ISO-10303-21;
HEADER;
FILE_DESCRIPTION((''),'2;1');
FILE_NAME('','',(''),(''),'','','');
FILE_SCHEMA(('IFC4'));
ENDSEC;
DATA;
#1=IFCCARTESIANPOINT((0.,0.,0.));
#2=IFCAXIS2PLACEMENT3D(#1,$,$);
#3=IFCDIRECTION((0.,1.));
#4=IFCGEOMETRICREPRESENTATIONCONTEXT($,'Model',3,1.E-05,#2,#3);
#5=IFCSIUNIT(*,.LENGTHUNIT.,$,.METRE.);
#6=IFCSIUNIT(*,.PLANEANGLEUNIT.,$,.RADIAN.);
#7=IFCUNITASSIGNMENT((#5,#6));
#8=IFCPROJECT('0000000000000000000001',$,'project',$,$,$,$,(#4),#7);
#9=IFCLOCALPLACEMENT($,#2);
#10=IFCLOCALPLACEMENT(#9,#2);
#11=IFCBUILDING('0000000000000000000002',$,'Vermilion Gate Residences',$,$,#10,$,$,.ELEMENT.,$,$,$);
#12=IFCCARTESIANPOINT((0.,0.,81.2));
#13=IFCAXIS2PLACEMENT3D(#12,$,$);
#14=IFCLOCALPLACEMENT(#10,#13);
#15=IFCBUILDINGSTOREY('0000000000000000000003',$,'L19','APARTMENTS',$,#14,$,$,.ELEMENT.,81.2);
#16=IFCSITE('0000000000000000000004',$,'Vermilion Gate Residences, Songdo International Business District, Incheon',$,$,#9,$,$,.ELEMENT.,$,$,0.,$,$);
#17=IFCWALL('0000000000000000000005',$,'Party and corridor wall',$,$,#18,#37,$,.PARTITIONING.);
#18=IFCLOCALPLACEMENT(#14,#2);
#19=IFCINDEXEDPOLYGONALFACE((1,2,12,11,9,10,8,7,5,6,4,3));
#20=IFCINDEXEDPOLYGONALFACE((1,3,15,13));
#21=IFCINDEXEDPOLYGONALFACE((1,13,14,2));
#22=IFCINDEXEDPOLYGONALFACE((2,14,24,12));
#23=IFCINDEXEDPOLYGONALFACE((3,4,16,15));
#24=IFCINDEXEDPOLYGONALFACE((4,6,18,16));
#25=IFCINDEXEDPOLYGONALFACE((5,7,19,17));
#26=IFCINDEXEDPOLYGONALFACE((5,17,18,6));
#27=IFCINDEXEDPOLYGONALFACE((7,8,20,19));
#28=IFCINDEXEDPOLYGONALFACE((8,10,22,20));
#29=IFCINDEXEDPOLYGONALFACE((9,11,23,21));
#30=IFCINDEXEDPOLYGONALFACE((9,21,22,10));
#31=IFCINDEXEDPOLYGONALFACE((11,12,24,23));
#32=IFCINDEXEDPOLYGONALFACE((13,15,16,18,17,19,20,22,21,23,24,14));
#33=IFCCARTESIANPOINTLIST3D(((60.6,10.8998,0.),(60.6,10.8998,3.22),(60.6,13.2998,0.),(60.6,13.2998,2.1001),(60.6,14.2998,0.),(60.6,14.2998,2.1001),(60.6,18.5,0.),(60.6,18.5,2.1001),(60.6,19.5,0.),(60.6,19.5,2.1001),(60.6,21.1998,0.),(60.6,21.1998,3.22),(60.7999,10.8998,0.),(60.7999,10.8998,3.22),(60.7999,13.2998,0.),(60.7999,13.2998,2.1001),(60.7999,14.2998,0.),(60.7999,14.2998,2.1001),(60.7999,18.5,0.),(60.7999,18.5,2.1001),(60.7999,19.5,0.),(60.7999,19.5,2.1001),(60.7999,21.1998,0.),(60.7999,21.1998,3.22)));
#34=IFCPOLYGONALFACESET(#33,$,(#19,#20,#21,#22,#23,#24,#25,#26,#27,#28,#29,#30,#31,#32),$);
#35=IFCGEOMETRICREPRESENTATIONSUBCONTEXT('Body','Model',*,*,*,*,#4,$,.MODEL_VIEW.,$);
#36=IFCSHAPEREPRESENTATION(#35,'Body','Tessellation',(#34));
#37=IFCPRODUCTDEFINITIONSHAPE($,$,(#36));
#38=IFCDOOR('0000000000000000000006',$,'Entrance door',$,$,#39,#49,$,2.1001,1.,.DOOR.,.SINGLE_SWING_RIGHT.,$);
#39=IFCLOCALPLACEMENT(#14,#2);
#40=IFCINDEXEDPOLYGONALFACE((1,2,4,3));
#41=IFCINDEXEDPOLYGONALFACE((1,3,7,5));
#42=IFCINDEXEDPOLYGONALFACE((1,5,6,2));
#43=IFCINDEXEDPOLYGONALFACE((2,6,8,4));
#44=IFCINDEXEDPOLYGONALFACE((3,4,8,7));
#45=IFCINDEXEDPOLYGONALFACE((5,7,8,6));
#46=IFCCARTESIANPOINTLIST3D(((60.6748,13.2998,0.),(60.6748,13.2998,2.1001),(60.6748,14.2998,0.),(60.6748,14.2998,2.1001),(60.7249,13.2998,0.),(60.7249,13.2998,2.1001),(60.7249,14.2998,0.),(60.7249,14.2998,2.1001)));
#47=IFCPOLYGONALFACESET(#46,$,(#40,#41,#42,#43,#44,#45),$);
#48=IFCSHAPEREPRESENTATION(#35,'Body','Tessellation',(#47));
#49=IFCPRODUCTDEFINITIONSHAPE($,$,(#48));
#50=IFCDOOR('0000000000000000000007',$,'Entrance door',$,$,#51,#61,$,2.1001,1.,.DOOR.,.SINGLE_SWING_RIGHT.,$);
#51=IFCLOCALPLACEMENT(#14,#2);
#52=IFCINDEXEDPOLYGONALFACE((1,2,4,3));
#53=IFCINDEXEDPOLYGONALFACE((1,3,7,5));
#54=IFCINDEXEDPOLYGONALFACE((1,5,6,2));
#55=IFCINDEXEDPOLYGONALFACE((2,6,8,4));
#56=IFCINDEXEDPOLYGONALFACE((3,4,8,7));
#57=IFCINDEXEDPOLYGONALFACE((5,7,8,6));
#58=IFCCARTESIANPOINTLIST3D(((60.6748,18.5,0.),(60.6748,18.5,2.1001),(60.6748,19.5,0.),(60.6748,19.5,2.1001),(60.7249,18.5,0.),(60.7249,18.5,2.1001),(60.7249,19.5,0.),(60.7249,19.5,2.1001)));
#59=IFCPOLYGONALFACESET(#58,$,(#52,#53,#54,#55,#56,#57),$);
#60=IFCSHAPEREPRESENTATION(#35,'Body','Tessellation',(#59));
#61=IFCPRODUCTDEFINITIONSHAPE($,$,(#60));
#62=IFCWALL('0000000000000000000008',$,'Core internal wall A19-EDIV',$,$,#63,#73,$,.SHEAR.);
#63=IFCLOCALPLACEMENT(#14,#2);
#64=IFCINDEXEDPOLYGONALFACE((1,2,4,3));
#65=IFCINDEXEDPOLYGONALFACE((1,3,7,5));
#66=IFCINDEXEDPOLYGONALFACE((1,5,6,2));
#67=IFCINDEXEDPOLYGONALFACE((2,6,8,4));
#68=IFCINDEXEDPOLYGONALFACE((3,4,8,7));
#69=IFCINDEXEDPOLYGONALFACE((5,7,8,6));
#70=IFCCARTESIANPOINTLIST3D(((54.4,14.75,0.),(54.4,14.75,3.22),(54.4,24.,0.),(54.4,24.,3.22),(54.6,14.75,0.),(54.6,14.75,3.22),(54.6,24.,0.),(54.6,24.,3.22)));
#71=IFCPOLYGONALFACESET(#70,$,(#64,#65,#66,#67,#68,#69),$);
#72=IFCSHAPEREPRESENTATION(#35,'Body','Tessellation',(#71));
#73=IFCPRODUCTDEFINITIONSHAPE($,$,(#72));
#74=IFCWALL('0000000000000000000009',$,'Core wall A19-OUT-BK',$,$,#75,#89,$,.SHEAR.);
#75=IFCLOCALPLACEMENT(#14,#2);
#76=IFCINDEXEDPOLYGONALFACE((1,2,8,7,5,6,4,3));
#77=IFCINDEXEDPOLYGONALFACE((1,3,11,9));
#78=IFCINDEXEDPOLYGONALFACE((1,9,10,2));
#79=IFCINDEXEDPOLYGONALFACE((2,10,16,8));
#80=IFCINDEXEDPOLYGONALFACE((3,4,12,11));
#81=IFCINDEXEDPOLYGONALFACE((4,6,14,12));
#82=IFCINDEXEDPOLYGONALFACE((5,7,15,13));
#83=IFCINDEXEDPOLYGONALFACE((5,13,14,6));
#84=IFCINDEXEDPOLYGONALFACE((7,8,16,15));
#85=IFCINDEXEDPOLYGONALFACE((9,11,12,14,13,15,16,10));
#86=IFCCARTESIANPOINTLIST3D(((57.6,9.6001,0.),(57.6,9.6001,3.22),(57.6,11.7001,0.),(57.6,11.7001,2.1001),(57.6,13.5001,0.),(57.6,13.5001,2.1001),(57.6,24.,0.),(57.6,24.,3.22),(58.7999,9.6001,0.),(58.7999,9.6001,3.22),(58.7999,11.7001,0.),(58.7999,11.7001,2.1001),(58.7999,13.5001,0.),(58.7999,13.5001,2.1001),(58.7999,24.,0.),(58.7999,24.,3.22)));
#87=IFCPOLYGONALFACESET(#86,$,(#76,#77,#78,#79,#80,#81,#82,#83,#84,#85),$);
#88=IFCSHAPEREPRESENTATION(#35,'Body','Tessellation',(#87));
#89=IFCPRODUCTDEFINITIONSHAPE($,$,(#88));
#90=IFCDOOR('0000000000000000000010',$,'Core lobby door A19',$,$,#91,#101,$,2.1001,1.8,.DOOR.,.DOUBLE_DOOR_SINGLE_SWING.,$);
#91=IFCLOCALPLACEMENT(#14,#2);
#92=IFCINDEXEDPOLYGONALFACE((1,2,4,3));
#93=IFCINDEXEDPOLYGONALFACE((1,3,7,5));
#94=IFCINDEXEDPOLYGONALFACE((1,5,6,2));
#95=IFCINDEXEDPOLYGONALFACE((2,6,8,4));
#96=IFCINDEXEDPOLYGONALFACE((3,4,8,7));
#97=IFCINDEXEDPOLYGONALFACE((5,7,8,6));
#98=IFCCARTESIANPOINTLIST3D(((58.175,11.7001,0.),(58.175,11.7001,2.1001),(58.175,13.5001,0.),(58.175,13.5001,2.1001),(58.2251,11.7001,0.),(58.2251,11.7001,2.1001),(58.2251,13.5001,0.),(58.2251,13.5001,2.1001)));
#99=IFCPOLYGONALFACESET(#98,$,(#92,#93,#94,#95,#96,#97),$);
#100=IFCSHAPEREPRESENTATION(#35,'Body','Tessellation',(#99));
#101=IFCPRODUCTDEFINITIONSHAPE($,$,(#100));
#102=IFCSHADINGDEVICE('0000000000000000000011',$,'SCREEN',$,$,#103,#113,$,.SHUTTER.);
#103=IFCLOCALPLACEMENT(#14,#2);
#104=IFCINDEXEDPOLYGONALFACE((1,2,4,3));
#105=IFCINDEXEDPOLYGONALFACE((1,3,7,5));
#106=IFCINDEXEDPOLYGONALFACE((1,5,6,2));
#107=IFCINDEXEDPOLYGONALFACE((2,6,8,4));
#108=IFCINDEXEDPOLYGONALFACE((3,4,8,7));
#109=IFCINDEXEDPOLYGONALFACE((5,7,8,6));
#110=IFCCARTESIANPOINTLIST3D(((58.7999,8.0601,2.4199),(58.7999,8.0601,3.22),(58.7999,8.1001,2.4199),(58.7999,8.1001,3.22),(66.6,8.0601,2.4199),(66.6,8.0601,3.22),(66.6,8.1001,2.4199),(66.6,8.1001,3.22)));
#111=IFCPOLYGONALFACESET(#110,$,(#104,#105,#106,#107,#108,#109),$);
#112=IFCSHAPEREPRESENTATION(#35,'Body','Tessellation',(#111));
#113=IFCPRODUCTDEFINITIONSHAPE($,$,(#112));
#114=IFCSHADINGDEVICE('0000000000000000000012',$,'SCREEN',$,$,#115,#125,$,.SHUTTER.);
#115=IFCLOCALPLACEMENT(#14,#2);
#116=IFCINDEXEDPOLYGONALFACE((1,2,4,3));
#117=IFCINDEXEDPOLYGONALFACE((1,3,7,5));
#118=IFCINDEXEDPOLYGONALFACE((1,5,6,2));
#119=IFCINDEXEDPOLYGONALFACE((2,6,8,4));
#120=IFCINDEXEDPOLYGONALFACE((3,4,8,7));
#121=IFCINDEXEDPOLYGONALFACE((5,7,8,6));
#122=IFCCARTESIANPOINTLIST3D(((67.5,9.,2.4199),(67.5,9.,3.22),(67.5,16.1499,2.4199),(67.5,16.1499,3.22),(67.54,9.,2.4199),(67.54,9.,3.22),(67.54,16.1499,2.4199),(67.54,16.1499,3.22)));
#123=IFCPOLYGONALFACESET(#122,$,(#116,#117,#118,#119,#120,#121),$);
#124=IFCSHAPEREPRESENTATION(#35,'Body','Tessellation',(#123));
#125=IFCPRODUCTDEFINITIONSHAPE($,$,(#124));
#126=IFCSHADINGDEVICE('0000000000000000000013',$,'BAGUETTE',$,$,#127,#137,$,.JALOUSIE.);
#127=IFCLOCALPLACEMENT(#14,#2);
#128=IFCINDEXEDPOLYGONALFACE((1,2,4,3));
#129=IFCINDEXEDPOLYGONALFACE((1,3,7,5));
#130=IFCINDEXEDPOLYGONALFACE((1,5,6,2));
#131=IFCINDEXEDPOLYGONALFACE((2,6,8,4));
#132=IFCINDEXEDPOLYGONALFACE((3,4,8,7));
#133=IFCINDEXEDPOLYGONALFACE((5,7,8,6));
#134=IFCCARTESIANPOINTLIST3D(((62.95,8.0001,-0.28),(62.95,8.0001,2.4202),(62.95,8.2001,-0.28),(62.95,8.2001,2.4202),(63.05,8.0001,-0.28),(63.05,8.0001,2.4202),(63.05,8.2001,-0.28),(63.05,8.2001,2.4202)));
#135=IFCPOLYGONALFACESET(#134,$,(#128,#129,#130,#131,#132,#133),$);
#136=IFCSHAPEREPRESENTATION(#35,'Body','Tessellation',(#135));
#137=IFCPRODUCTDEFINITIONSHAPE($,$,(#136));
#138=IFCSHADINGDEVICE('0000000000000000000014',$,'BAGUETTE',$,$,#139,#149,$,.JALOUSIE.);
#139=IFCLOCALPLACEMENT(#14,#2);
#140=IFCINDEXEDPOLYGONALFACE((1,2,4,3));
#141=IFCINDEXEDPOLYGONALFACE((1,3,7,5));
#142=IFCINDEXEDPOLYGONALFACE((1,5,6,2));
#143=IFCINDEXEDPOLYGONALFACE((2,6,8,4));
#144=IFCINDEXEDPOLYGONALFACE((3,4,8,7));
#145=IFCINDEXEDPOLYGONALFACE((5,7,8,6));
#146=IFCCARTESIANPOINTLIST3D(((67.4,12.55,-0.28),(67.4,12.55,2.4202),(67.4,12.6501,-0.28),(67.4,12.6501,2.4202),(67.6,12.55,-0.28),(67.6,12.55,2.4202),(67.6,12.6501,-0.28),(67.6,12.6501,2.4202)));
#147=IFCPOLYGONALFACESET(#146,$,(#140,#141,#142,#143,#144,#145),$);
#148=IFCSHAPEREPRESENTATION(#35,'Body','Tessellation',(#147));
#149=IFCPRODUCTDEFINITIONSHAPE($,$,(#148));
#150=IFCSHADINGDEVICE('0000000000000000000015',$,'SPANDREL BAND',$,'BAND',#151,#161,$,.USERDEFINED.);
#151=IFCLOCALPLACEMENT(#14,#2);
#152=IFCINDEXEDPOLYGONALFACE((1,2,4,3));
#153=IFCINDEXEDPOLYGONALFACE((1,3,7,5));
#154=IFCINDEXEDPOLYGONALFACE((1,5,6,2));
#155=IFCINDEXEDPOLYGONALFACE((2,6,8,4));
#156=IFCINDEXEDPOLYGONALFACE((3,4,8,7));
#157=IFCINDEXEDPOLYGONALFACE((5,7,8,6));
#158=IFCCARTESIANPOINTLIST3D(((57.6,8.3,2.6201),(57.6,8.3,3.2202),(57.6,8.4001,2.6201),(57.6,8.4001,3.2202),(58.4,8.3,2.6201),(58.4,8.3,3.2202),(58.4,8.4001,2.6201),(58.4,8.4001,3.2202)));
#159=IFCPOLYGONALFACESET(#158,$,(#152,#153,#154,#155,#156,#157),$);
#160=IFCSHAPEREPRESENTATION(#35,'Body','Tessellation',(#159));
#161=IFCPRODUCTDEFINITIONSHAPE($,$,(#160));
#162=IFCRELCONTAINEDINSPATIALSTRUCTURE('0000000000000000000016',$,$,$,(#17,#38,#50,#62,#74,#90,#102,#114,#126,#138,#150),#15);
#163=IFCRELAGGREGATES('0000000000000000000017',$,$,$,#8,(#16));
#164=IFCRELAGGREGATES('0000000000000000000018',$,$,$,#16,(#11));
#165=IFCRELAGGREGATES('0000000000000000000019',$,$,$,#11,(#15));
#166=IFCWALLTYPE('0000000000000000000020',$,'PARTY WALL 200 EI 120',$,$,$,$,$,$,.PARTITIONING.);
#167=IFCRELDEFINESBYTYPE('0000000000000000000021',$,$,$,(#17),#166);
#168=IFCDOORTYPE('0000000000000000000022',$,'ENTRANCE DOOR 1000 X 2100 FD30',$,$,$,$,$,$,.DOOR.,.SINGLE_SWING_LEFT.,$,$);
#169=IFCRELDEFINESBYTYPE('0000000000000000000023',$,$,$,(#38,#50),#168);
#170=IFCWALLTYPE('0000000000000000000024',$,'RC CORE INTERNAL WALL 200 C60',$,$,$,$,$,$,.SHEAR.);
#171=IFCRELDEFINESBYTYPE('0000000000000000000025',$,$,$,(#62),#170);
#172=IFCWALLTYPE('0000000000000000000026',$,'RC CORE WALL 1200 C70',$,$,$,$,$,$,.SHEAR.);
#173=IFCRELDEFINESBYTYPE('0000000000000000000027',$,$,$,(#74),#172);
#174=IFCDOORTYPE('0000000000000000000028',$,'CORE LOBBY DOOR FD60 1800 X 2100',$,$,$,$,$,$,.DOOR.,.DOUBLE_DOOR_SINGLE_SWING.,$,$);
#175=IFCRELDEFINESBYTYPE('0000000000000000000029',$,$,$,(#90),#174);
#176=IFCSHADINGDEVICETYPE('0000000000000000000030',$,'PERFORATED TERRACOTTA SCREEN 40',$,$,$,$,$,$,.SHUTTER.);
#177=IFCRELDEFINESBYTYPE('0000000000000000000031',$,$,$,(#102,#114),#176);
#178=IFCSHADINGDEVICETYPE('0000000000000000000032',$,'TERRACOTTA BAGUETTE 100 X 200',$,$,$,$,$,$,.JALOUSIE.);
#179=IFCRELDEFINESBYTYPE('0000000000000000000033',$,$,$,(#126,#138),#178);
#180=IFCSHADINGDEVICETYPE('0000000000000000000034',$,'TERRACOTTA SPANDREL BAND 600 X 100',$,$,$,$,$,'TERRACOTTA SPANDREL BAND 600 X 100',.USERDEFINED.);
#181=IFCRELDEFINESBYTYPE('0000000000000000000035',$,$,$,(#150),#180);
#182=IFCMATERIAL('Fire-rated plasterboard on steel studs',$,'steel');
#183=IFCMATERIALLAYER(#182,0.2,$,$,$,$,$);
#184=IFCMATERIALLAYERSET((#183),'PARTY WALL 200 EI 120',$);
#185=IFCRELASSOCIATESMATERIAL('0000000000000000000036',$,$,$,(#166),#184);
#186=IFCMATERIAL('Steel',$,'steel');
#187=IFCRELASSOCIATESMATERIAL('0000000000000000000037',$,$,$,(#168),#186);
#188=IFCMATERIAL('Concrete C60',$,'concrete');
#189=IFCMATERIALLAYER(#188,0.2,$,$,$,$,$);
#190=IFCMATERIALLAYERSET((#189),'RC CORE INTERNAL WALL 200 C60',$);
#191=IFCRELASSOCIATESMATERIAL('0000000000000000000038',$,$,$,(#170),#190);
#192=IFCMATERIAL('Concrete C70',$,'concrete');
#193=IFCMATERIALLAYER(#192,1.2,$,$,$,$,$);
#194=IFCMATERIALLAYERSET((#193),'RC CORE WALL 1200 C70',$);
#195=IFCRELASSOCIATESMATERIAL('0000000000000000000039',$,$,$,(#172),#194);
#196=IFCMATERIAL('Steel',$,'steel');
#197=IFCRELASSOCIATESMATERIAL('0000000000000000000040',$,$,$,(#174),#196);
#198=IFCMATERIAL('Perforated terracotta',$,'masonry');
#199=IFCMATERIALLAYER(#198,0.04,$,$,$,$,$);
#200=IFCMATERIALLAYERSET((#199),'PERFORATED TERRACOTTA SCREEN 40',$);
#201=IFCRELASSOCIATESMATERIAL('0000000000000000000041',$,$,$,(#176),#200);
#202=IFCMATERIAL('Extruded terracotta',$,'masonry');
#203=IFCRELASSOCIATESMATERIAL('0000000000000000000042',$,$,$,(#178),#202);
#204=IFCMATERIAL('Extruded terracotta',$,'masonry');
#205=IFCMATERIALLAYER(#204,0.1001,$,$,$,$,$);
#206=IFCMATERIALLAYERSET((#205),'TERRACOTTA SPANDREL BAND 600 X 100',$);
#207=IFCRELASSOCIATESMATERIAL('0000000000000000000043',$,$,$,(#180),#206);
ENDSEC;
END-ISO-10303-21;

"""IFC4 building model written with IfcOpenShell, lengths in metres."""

from ifc_helpers import new_model, si_unit, direction, frame, frame_2d, origin, origin_2d, place, context, subcontext, project, spatial, rectangle, extrude, material, layer, layer_set, material_profile, profile_set, type_object, element, fill, save


model = new_model("IFC4")

# Units and contexts
model_context = context("Model", 3, precision=1e-05, world=origin(), true_north=direction((0.0, 1.0)))
body_context = subcontext(model_context, "Body", "Model", "MODEL_VIEW")
ifc_project = project(units=[si_unit("LENGTHUNIT", "METRE"), si_unit("PLANEANGLEUNIT", "RADIAN")], contexts=[model_context])

# Site, building, storey
site_placement = place(None, origin())
site = spatial("IfcSite", under=ifc_project, at=site_placement, Name="Vermilion Gate Residences, Songdo International Business District, Incheon", CompositionType="ELEMENT", RefElevation=0.0)
building_placement = place(site_placement, origin())
building = spatial("IfcBuilding", under=site, at=building_placement, Name="Vermilion Gate Residences", CompositionType="ELEMENT")
storey_placement = place(building_placement, frame((0.0, 0.0, 81.2)))
storey = spatial("IfcBuildingStorey", under=building, at=storey_placement, Name="L19", Description="APARTMENTS", CompositionType="ELEMENT", Elevation=81.2)

# Wall, openings, doors
ifc_material_1 = material(Name="Fire-rated plasterboard on steel studs", Category="steel")
ifc_layer_1 = layer(ifc_material_1, 0.2)
ifc_layer_set_1 = layer_set([ifc_layer_1], Name="PARTY WALL 200 EI 120")
wall_type_1 = type_object("IfcWallType", Name="PARTY WALL 200 EI 120", PredefinedType="PARTITIONING", material=ifc_layer_set_1)
wall_1_placement = place(storey_placement, frame((60.7, 10.8999, 0.0), z_axis=(0.0, 0.0, 1.0), x_axis=(0.0, 1.0, 0.0)))
wall_1 = element("IfcWall", 1, at=wall_1_placement, inside=storey, type_object=wall_type_1, Name="Party and corridor wall", PredefinedType="PARTITIONING", context=body_context, shape_type="SweptSolid", body=[
    extrude(rectangle(XDim=10.3, YDim=0.2, at=frame_2d((5.1499, 0.0))), origin(), (0.0, 0.0, 1.0), 3.22),
])
opening_1_placement = place(wall_1_placement, frame((2.3999, 0.0, 0.0)))
opening_1 = element("IfcOpeningElement", 2, at=opening_1_placement, cuts=wall_1, PredefinedType="OPENING", context=body_context, shape_type="SweptSolid", body=[
    extrude(rectangle(XDim=1.0, YDim=2.1001, at=frame_2d((0.5, 1.05))), frame((0.0, 0.1099, 0.0), z_axis=(0.0, -1.0, 0.0), x_axis=(1.0, 0.0, 0.0)), (0.0, 0.0, 1.0), 0.22),
])
opening_2_placement = place(wall_1_placement, frame((7.6001, 0.0, 0.0)))
opening_2 = element("IfcOpeningElement", 3, at=opening_2_placement, cuts=wall_1, PredefinedType="OPENING", context=body_context, shape_type="SweptSolid", body=[
    extrude(rectangle(XDim=1.0, YDim=2.1001, at=frame_2d((0.5, 1.05))), frame((0.0, 0.1099, 0.0), z_axis=(0.0, -1.0, 0.0), x_axis=(1.0, 0.0, 0.0)), (0.0, 0.0, 1.0), 0.22),
])
ifc_material_2 = material(Name="Steel", Category="steel")
door_type_1 = type_object("IfcDoorType", Name="ENTRANCE DOOR 1000 X 2100 FD30", OperationType="SINGLE_SWING_LEFT", PredefinedType="DOOR", material=ifc_material_2)
door_1_placement = place(opening_1_placement, frame((1.0, 0.0, 0.0), z_axis=(0.0, 0.0, 1.0), x_axis=(-1.0, 0.0, 0.0)))
door_1 = element("IfcDoor", 4, at=door_1_placement, inside=storey, type_object=door_type_1, Name="Entrance door", OperationType="SINGLE_SWING_RIGHT", OverallHeight=2.1001, OverallWidth=1.0, PredefinedType="DOOR", context=body_context, shape_type="SweptSolid", body=[
    extrude(rectangle(XDim=1.0, YDim=2.1001, at=frame_2d((0.5, 1.05))), frame((0.0, 0.0249, 0.0), z_axis=(0.0, -1.0, 0.0), x_axis=(1.0, 0.0, 0.0)), (0.0, 0.0, 1.0), 0.05),
])
fill(opening_1, door_1)
door_2_placement = place(opening_2_placement, frame((1.0, 0.0, 0.0), z_axis=(0.0, 0.0, 1.0), x_axis=(-1.0, 0.0, 0.0)))
door_2 = element("IfcDoor", 5, at=door_2_placement, inside=storey, type_object=door_type_1, Name="Entrance door", OperationType="SINGLE_SWING_RIGHT", OverallHeight=2.1001, OverallWidth=1.0, PredefinedType="DOOR", context=body_context, shape_type="SweptSolid", body=[
    extrude(rectangle(XDim=1.0, YDim=2.1001, at=frame_2d((0.5, 1.05))), frame((0.0, 0.0249, 0.0), z_axis=(0.0, -1.0, 0.0), x_axis=(1.0, 0.0, 0.0)), (0.0, 0.0, 1.0), 0.05),
])
fill(opening_2, door_2)

# Wall
ifc_material_3 = material(Name="Concrete C60", Category="concrete")
ifc_layer_2 = layer(ifc_material_3, 0.2)
ifc_layer_set_2 = layer_set([ifc_layer_2], Name="RC CORE INTERNAL WALL 200 C60")
wall_type_2 = type_object("IfcWallType", Name="RC CORE INTERNAL WALL 200 C60", PredefinedType="SHEAR", material=ifc_layer_set_2)
wall_2_placement = place(storey_placement, frame((54.5, 14.75, 0.0), z_axis=(0.0, 0.0, 1.0), x_axis=(0.0, 1.0, 0.0)))
element("IfcWall", 6, at=wall_2_placement, inside=storey, type_object=wall_type_2, Name="Core internal wall A19-EDIV", PredefinedType="SHEAR", context=body_context, shape_type="SweptSolid", body=[
    extrude(rectangle(XDim=9.25, YDim=0.2, at=frame_2d((4.625, 0.0))), origin(), (0.0, 0.0, 1.0), 3.22),
])

# Wall, opening, door
ifc_material_4 = material(Name="Concrete C70", Category="concrete")
ifc_layer_3 = layer(ifc_material_4, 1.2)
ifc_layer_set_3 = layer_set([ifc_layer_3], Name="RC CORE WALL 1200 C70")
wall_type_3 = type_object("IfcWallType", Name="RC CORE WALL 1200 C70", PredefinedType="SHEAR", material=ifc_layer_set_3)
wall_3_placement = place(storey_placement, frame((58.2, 9.6001, 0.0), z_axis=(0.0, 0.0, 1.0), x_axis=(0.0, 1.0, 0.0)))
wall_3 = element("IfcWall", 7, at=wall_3_placement, inside=storey, type_object=wall_type_3, Name="Core wall A19-OUT-BK", PredefinedType="SHEAR", context=body_context, shape_type="SweptSolid", body=[
    extrude(rectangle(XDim=14.3999, YDim=1.2, at=frame_2d((7.2, 0.0))), origin(), (0.0, 0.0, 1.0), 3.22),
])
opening_3_placement = place(wall_3_placement, frame((2.1001, 0.0, 0.0)))
opening_3 = element("IfcOpeningElement", 8, at=opening_3_placement, cuts=wall_3, PredefinedType="OPENING", context=body_context, shape_type="SweptSolid", body=[
    extrude(rectangle(XDim=1.8, YDim=2.1001, at=frame_2d((0.8999, 1.05))), frame((0.0, 0.6099, 0.0), z_axis=(0.0, -1.0, 0.0), x_axis=(1.0, 0.0, 0.0)), (0.0, 0.0, 1.0), 1.22),
])
ifc_material_5 = material(Name="Steel", Category="steel")
door_type_2 = type_object("IfcDoorType", Name="CORE LOBBY DOOR FD60 1800 X 2100", OperationType="DOUBLE_DOOR_SINGLE_SWING", PredefinedType="DOOR", material=ifc_material_5)
door_3_placement = place(opening_3_placement, origin())
door_3 = element("IfcDoor", 9, at=door_3_placement, inside=storey, type_object=door_type_2, Name="Core lobby door A19", OperationType="DOUBLE_DOOR_SINGLE_SWING", OverallHeight=2.1001, OverallWidth=1.8, PredefinedType="DOOR", context=body_context, shape_type="SweptSolid", body=[
    extrude(rectangle(XDim=1.8, YDim=2.1001, at=frame_2d((0.8999, 1.05))), frame((0.0, 0.0249, 0.0), z_axis=(0.0, -1.0, 0.0), x_axis=(1.0, 0.0, 0.0)), (0.0, 0.0, 1.0), 0.05),
])
fill(opening_3, door_3)

# Shading devices
ifc_material_6 = material(Name="Perforated terracotta", Category="masonry")
ifc_layer_4 = layer(ifc_material_6, 0.04)
ifc_layer_set_4 = layer_set([ifc_layer_4], Name="PERFORATED TERRACOTTA SCREEN 40")
shading_device_type_1 = type_object("IfcShadingDeviceType", Name="PERFORATED TERRACOTTA SCREEN 40", PredefinedType="SHUTTER", material=ifc_layer_set_4)
shading_device_1_placement = place(storey_placement, frame((62.7, 8.0801, 2.4199), z_axis=(0.0, 0.0, 1.0), x_axis=(1.0, 0.0, 0.0)))
element("IfcShadingDevice", 10, at=shading_device_1_placement, inside=storey, type_object=shading_device_type_1, Name="SCREEN", PredefinedType="SHUTTER", context=body_context, shape_type="SweptSolid", body=[
    extrude(rectangle(XDim=7.8, YDim=0.04, at=origin_2d()), origin(), (0.0, 0.0, 1.0), 0.8),
])
shading_device_2_placement = place(storey_placement, frame((67.52, 12.575, 2.4199), z_axis=(0.0, 0.0, 1.0), x_axis=(0.0, 1.0, 0.0)))
element("IfcShadingDevice", 11, at=shading_device_2_placement, inside=storey, type_object=shading_device_type_1, Name="SCREEN", PredefinedType="SHUTTER", context=body_context, shape_type="SweptSolid", body=[
    extrude(rectangle(XDim=7.1499, YDim=0.04, at=origin_2d()), origin(), (0.0, 0.0, 1.0), 0.8),
])
ifc_material_7 = material(Name="Extruded terracotta", Category="masonry")
ifc_material_profile_1 = material_profile(ifc_material_7, rectangle(XDim=0.2, YDim=0.1001, at=origin_2d()), Name="BAGUETTE 100 X 200")
ifc_profile_set_1 = profile_set([ifc_material_profile_1], Name="Extruded terracotta")
shading_device_type_2 = type_object("IfcShadingDeviceType", Name="TERRACOTTA BAGUETTE 100 X 200", PredefinedType="JALOUSIE", material=ifc_profile_set_1)
for number, where, z_axis, x_axis, name in (
    (12, (63.0, 8.1001, -0.28), (0.0, 0.0, 1.0), (0.0, 1.0, 0.0), "BAGUETTE"),
    (13, (67.5, 12.6001, -0.28), (0.0, 0.0, 1.0), (-1.0, 0.0, 0.0), "BAGUETTE"),
):
    element("IfcShadingDevice", number, at=place(storey_placement, frame(where, z_axis=z_axis, x_axis=x_axis)), inside=storey, type_object=shading_device_type_2, Name=name, PredefinedType="JALOUSIE", context=body_context, shape_type="SweptSolid", body=[
        extrude(rectangle(XDim=0.2, YDim=0.1001, at=origin_2d()), origin(), (0.0, 0.0, 1.0), 2.7002),
    ])
ifc_material_8 = material(Name="Extruded terracotta", Category="masonry")
ifc_layer_5 = layer(ifc_material_8, 0.1001)
ifc_layer_set_5 = layer_set([ifc_layer_5], Name="TERRACOTTA SPANDREL BAND 600 X 100")
shading_device_type_3 = type_object("IfcShadingDeviceType", Name="TERRACOTTA SPANDREL BAND 600 X 100", ElementType="TERRACOTTA SPANDREL BAND 600 X 100", PredefinedType="USERDEFINED", material=ifc_layer_set_5)
shading_device_3_placement = place(storey_placement, frame((58.0, 8.3501, 2.6201), z_axis=(0.0, 0.0, 1.0), x_axis=(1.0, 0.0, 0.0)))
element("IfcShadingDevice", 14, at=shading_device_3_placement, inside=storey, type_object=shading_device_type_3, Name="SPANDREL BAND", ObjectType="BAND", PredefinedType="USERDEFINED", context=body_context, shape_type="SweptSolid", body=[
    extrude(rectangle(XDim=0.8, YDim=0.1001, at=origin_2d()), origin(), (0.0, 0.0, 1.0), 0.6001),
])

save(model, "model.ifc")
